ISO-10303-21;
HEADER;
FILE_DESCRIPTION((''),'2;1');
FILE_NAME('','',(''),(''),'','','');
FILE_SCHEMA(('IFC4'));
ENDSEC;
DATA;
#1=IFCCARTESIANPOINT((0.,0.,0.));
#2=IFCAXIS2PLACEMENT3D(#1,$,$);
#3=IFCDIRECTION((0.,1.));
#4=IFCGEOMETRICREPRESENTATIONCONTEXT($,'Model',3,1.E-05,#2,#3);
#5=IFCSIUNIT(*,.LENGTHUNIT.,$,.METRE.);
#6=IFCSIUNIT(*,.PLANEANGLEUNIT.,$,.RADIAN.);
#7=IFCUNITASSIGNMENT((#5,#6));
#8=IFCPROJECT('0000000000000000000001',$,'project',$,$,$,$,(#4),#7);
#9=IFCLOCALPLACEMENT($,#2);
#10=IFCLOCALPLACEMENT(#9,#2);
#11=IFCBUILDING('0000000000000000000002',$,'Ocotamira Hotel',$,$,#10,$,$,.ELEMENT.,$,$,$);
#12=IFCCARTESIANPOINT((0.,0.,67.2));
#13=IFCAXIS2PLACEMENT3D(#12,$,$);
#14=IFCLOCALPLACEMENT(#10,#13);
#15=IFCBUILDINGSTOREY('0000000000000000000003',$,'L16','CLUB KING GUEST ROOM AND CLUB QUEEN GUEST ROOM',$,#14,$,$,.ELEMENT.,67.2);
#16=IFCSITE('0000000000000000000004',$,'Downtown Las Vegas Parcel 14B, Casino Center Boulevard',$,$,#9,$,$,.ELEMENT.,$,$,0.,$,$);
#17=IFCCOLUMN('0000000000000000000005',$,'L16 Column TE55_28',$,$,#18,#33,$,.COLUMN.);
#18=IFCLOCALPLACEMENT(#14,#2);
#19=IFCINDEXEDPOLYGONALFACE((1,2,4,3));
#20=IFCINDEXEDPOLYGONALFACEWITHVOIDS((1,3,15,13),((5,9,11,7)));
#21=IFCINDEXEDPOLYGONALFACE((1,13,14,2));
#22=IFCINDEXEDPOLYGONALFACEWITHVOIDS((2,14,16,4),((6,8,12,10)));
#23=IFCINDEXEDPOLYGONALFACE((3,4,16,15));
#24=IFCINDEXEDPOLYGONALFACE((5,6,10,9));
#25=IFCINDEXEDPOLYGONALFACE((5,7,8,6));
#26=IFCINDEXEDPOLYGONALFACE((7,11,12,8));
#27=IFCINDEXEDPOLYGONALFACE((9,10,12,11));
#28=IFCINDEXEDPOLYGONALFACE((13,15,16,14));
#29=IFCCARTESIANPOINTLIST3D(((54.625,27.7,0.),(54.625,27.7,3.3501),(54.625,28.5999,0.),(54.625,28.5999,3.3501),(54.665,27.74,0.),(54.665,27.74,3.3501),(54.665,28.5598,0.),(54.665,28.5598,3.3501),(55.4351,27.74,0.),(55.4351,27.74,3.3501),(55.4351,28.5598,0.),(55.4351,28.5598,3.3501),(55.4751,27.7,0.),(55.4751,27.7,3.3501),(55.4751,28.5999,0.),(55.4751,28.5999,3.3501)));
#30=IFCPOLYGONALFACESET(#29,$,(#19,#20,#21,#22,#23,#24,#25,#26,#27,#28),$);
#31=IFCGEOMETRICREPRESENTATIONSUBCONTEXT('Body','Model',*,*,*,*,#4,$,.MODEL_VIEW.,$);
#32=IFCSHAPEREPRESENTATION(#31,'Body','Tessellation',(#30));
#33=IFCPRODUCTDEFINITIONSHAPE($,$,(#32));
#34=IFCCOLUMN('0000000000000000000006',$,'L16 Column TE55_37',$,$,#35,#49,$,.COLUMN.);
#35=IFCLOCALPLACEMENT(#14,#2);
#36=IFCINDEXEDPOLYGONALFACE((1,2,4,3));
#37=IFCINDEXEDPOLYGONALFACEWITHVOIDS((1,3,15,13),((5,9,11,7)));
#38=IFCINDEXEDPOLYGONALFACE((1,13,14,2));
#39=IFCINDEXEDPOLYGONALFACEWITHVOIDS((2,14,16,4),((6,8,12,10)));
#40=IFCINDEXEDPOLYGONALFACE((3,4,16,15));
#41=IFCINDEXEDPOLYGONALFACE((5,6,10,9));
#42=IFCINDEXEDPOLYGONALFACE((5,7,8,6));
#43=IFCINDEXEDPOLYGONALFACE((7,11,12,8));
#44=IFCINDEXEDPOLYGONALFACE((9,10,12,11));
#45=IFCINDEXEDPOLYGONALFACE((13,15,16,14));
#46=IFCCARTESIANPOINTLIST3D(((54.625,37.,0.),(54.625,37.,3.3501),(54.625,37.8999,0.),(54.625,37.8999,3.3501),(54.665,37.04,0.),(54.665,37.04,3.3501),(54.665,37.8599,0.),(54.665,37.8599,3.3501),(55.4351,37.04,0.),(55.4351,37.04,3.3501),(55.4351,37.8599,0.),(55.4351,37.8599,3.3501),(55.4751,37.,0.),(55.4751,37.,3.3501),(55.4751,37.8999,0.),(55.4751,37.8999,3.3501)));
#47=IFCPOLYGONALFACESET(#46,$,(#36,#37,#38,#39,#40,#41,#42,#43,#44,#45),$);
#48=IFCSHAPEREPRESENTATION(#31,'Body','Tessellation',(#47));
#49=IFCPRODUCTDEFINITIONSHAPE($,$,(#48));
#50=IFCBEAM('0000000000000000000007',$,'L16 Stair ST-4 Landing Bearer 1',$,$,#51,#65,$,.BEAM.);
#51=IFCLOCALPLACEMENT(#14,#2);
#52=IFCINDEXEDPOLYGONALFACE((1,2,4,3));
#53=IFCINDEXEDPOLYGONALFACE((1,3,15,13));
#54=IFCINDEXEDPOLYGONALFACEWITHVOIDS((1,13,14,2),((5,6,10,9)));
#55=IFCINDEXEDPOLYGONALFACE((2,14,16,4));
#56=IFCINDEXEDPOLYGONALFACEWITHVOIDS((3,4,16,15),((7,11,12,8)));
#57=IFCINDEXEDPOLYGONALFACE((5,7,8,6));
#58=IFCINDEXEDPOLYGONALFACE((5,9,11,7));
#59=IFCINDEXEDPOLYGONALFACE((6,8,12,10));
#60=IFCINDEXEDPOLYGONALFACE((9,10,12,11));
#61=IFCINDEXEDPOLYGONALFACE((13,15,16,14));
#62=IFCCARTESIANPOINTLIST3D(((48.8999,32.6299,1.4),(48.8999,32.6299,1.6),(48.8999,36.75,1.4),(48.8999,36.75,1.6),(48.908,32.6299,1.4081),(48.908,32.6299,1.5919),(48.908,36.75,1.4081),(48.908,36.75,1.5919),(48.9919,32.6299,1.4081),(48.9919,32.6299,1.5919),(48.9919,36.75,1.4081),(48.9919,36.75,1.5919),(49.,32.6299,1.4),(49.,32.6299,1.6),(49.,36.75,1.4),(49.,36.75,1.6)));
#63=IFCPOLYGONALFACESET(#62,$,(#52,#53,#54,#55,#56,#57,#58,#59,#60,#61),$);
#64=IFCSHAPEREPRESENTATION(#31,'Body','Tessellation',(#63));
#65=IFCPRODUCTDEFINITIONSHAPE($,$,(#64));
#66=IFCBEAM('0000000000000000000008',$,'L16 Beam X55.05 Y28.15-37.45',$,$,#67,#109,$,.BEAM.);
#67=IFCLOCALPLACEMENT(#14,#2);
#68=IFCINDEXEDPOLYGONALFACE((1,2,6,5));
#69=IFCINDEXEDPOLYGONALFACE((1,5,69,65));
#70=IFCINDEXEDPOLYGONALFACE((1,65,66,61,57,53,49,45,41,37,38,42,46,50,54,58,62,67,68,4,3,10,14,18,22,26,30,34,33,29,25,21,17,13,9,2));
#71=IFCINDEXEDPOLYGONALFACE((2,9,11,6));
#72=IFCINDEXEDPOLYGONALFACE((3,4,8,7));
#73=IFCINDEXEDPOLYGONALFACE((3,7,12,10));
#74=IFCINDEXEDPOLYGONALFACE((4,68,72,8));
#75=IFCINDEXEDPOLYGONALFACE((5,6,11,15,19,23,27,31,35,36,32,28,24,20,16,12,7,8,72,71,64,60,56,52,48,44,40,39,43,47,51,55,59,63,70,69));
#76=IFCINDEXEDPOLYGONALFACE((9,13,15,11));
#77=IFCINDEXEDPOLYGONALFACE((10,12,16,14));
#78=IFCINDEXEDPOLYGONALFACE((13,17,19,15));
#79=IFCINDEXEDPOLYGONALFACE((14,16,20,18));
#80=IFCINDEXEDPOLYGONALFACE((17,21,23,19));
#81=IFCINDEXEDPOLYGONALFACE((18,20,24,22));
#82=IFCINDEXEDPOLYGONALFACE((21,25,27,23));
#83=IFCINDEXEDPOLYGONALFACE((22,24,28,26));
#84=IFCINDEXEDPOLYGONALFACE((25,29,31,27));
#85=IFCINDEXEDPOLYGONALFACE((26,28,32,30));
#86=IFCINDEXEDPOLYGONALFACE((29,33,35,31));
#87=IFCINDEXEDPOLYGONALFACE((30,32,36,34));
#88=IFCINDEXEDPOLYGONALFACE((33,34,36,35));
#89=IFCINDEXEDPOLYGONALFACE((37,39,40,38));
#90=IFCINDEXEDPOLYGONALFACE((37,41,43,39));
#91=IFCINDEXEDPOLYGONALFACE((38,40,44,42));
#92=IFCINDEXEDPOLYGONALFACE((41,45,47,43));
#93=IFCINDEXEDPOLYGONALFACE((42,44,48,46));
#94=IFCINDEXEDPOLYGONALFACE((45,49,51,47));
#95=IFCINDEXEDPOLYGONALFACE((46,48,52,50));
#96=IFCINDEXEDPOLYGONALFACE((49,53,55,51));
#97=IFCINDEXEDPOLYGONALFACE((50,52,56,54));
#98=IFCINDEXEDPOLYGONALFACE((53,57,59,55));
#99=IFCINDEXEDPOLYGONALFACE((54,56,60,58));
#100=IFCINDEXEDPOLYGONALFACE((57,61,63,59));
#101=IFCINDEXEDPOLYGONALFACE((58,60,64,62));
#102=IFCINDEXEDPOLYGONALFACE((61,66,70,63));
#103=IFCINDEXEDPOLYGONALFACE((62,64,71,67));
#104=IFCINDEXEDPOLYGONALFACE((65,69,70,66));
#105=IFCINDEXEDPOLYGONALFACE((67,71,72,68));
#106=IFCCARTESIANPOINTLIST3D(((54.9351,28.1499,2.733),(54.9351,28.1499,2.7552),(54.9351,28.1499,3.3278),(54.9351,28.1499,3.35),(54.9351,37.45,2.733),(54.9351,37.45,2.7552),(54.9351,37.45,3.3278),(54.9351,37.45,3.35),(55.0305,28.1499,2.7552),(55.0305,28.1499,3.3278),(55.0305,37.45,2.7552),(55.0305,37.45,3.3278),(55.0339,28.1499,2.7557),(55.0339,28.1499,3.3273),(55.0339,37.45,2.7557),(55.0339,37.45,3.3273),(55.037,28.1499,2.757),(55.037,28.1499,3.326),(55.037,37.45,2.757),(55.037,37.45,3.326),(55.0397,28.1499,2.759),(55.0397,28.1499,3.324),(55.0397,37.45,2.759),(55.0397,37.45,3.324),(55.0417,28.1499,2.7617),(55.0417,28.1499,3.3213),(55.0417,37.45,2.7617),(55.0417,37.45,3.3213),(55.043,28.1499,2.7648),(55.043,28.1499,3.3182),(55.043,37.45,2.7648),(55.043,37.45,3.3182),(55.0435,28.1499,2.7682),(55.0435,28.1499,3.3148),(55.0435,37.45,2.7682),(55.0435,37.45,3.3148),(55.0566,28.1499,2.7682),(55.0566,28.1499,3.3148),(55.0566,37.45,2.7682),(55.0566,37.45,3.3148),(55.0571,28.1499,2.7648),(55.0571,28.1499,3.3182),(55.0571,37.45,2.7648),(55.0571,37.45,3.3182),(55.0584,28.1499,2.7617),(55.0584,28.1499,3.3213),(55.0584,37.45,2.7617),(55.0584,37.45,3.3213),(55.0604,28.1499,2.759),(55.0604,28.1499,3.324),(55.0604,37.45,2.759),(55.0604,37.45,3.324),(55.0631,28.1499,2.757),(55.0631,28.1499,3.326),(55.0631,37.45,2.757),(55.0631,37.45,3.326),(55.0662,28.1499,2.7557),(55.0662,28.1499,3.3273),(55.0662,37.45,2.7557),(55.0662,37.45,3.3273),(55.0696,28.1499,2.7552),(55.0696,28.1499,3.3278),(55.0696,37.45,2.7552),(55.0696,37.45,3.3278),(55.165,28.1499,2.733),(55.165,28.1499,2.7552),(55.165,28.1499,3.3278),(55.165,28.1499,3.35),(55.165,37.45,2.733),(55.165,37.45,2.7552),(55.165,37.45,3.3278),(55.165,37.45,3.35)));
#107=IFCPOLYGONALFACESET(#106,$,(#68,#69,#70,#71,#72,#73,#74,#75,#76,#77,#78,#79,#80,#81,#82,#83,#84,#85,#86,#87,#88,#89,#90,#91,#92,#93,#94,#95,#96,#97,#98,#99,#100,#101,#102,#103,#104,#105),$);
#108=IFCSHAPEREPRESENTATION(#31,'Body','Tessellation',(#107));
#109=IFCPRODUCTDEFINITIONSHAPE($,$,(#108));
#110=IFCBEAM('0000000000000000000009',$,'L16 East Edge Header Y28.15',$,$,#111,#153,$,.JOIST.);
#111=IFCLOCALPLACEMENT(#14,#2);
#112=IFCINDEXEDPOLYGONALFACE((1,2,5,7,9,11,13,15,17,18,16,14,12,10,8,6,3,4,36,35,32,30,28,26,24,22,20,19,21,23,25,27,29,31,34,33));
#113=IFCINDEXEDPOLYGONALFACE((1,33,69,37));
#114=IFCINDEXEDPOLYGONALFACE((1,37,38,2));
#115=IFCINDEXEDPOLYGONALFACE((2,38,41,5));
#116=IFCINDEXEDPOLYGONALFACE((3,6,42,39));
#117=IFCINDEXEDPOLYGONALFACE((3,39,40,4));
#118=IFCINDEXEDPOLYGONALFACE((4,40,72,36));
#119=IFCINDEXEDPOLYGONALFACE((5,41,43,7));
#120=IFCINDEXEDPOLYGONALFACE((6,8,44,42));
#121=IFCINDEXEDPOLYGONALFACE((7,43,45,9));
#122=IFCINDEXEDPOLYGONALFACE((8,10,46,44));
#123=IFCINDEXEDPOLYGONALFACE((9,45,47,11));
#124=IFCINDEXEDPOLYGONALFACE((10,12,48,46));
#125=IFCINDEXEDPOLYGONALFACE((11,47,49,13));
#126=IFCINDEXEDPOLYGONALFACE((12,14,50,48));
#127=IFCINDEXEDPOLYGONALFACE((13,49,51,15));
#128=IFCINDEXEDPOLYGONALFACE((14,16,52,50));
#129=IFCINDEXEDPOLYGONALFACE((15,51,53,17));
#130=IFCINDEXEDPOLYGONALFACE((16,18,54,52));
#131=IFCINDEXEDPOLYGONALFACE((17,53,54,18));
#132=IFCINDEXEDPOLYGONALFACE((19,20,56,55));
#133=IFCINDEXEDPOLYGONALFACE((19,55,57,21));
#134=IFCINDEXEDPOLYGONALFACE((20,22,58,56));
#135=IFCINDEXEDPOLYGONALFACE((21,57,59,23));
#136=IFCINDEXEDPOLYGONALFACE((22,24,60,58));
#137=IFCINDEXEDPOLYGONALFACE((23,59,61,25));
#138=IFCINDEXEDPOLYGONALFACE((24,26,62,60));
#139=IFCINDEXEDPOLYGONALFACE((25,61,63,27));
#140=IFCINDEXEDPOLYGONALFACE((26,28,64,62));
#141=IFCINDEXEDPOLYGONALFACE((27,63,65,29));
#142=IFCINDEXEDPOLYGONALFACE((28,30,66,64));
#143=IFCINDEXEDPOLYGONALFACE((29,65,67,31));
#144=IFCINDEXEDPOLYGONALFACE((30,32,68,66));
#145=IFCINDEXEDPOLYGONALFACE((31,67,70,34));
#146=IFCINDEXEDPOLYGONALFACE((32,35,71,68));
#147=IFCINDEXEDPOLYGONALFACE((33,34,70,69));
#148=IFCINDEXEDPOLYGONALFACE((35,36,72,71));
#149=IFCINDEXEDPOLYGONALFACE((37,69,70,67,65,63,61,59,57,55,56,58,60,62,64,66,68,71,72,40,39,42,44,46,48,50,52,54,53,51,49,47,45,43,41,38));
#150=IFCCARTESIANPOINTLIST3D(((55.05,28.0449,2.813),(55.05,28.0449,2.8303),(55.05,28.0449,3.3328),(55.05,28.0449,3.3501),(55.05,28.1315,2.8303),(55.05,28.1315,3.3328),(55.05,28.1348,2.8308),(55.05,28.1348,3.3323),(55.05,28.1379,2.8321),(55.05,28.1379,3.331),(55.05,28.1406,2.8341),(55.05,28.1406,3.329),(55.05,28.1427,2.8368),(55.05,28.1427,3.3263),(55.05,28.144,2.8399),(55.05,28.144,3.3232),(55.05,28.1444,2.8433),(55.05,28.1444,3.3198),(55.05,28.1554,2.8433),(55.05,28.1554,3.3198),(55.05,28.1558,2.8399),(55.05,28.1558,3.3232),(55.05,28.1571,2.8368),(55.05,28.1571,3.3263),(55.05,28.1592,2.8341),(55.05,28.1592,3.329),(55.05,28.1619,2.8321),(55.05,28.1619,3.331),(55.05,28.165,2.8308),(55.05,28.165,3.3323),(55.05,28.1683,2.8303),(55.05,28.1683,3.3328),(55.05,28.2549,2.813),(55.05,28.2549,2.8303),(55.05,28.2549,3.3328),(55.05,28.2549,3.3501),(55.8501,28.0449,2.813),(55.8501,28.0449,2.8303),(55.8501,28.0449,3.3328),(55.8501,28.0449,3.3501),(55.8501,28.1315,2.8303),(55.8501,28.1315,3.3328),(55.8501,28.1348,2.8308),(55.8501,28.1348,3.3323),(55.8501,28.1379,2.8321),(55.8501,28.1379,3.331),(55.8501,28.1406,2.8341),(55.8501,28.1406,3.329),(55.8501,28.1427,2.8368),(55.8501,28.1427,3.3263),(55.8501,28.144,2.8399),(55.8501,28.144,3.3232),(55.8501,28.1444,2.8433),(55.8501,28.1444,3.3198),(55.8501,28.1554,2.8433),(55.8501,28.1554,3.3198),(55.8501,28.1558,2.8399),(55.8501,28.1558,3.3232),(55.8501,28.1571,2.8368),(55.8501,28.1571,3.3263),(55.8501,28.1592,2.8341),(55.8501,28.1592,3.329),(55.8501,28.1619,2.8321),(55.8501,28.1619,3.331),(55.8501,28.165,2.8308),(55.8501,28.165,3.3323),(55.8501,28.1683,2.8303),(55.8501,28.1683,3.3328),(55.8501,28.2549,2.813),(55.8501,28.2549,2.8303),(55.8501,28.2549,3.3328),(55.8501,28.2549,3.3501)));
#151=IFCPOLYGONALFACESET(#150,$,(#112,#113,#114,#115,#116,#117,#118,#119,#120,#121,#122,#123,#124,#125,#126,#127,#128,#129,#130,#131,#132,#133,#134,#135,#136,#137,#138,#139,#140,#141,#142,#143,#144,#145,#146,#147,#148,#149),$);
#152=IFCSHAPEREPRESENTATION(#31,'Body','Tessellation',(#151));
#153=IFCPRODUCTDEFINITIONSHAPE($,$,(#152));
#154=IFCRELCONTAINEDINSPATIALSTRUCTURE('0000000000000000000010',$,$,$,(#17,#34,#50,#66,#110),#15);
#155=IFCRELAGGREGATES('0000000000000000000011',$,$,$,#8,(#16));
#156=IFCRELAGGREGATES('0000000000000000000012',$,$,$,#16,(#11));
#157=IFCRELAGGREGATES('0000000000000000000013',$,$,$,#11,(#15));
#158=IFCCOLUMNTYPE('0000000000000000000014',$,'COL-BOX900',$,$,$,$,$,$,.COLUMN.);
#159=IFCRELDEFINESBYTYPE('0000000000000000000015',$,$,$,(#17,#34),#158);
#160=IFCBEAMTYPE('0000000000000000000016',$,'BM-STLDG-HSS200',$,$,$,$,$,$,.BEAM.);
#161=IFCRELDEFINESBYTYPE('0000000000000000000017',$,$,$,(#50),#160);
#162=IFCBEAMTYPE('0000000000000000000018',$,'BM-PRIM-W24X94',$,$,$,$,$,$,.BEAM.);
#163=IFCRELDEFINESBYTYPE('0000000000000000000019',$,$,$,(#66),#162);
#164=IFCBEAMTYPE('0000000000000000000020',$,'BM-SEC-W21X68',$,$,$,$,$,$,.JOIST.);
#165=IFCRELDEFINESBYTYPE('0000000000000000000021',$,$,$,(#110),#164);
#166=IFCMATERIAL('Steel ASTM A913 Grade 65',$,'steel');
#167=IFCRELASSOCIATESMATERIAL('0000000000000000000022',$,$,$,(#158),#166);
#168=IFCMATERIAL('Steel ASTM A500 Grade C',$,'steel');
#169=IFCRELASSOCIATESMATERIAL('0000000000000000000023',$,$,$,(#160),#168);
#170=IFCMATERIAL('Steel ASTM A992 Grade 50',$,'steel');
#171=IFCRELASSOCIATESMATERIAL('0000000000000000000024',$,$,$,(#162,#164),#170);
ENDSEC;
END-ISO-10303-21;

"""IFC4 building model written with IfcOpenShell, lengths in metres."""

from ifc_helpers import new_model, si_unit, direction, frame, origin, origin_2d, place, context, subcontext, project, spatial, hollow_rectangle, i_section, extrude, source, transform, mapped, material, material_profile, profile_set, type_object, element, save


model = new_model("IFC4")

# Units and contexts
model_context = context("Model", 3, precision=1e-05, world=origin(), true_north=direction((0.0, 1.0)))
body_context = subcontext(model_context, "Body", "Model", "MODEL_VIEW")
ifc_project = project(units=[si_unit("LENGTHUNIT", "METRE"), si_unit("PLANEANGLEUNIT", "RADIAN")], contexts=[model_context])

# Site, building, storey
site_placement = place(None, origin())
site = spatial("IfcSite", under=ifc_project, at=site_placement, Name="Downtown Las Vegas Parcel 14B, Casino Center Boulevard", CompositionType="ELEMENT", RefElevation=0.0)
building_placement = place(site_placement, origin())
building = spatial("IfcBuilding", under=site, at=building_placement, Name="Ocotamira Hotel", CompositionType="ELEMENT")
storey_placement = place(building_placement, frame((0.0, 0.0, 67.2)))
storey = spatial("IfcBuildingStorey", under=building, at=storey_placement, Name="L16", Description="CLUB KING GUEST ROOM AND CLUB QUEEN GUEST ROOM", CompositionType="ELEMENT", Elevation=67.2)

# Columns
ifc_material_1 = material(Name="Steel ASTM A913 Grade 65", Category="steel")
ifc_material_profile_1 = material_profile(ifc_material_1, hollow_rectangle(XDim=0.8501, YDim=0.8999, WallThickness=0.04, at=origin_2d()), Name="BOX900X850X40")
ifc_profile_set_1 = profile_set([ifc_material_profile_1], Name="Steel ASTM A913 Grade 65")
column_type = type_object("IfcColumnType", Name="COL-BOX900", PredefinedType="COLUMN", material=ifc_profile_set_1)
shared_shape_1 = source(origin(), body_context, "Body", "SweptSolid", [
    extrude(hollow_rectangle(XDim=0.8501, YDim=0.8999, WallThickness=0.04, at=origin_2d()), origin(), (0.0, 0.0, 1.0), 3.3501),
])
for number, where, z_axis, x_axis, name in (
    (1, (55.05, 28.1499, 0.0), (0.0, 0.0, 1.0), (1.0, 0.0, 0.0), "L16 Column TE55_28"),
    (2, (55.05, 37.45, 0.0), (0.0, 0.0, 1.0), (1.0, 0.0, 0.0), "L16 Column TE55_37"),
):
    element("IfcColumn", number, at=place(storey_placement, frame(where, z_axis=z_axis, x_axis=x_axis)), inside=storey, type_object=column_type, Name=name, PredefinedType="COLUMN", context=body_context, shape_type="MappedRepresentation", body=[
        mapped(shared_shape_1, transform((0.0, 0.0, 0.0), scale=1.0)),
    ])

# Beams
ifc_material_2 = material(Name="Steel ASTM A500 Grade C", Category="steel")
ifc_material_profile_2 = material_profile(ifc_material_2, hollow_rectangle(XDim=0.1001, YDim=0.2, WallThickness=0.0081, at=origin_2d()), Name="HSS200X100X8")
ifc_profile_set_2 = profile_set([ifc_material_profile_2], Name="Steel ASTM A500 Grade C")
beam_type_1 = type_object("IfcBeamType", Name="BM-STLDG-HSS200", PredefinedType="BEAM", material=ifc_profile_set_2)
shared_shape_2 = source(origin(), body_context, "Body", "SweptSolid", [
    extrude(hollow_rectangle(XDim=0.1001, YDim=0.2, WallThickness=0.0081, at=origin_2d()), origin(), (0.0, 0.0, 1.0), 4.1201),
])
beam_1_placement = place(storey_placement, frame((48.95, 32.6299, 1.5), z_axis=(0.0, 1.0, 0.0), x_axis=(-1.0, 0.0, 0.0)))
element("IfcBeam", 3, at=beam_1_placement, inside=storey, type_object=beam_type_1, Name="L16 Stair ST-4 Landing Bearer 1", PredefinedType="BEAM", context=body_context, shape_type="MappedRepresentation", body=[
    mapped(shared_shape_2, transform((0.0, 0.0, 0.0), scale=1.0)),
])
ifc_material_3 = material(Name="Steel ASTM A992 Grade 50", Category="steel")
ifc_material_profile_3 = material_profile(ifc_material_3, i_section(OverallWidth=0.23, OverallDepth=0.6169, WebThickness=0.0132, FlangeThickness=0.0222, FilletRadius=0.0129, at=origin_2d()), Name="W24X94")
ifc_profile_set_3 = profile_set([ifc_material_profile_3], Name="Steel ASTM A992 Grade 50")
beam_type_2 = type_object("IfcBeamType", Name="BM-PRIM-W24X94", PredefinedType="BEAM", material=ifc_profile_set_3)
shared_shape_3 = source(origin(), body_context, "Body", "SweptSolid", [
    extrude(i_section(OverallWidth=0.23, OverallDepth=0.6169, WebThickness=0.0132, FlangeThickness=0.0222, FilletRadius=0.0129, at=origin_2d()), origin(), (0.0, 0.0, 1.0), 9.3),
])
beam_2_placement = place(storey_placement, frame((55.05, 28.1499, 3.0415), z_axis=(0.0, 1.0, 0.0), x_axis=(-1.0, 0.0, 0.0)))
element("IfcBeam", 4, at=beam_2_placement, inside=storey, type_object=beam_type_2, Name="L16 Beam X55.05 Y28.15-37.45", PredefinedType="BEAM", context=body_context, shape_type="MappedRepresentation", body=[
    mapped(shared_shape_3, transform((0.0, 0.0, 0.0), scale=1.0)),
])
ifc_material_profile_4 = material_profile(ifc_material_3, i_section(OverallWidth=0.21, OverallDepth=0.5371, WebThickness=0.011, FlangeThickness=0.0173, FilletRadius=0.0129, at=origin_2d()), Name="W21X68")
ifc_profile_set_4 = profile_set([ifc_material_profile_4], Name="Steel ASTM A992 Grade 50")
beam_type_3 = type_object("IfcBeamType", Name="BM-SEC-W21X68", PredefinedType="JOIST", material=ifc_profile_set_4)
shared_shape_4 = source(origin(), body_context, "Body", "SweptSolid", [
    extrude(i_section(OverallWidth=0.21, OverallDepth=0.5371, WebThickness=0.011, FlangeThickness=0.0173, FilletRadius=0.0129, at=origin_2d()), origin(), (0.0, 0.0, 1.0), 0.8),
])
for number, where, z_axis, x_axis, name in (
    (5, (55.05, 28.1499, 3.0815), (1.0, 0.0, 0.0), (0.0, 1.0, 0.0), "L16 East Edge Header Y28.15"),
):
    element("IfcBeam", number, at=place(storey_placement, frame(where, z_axis=z_axis, x_axis=x_axis)), inside=storey, type_object=beam_type_3, Name=name, PredefinedType="JOIST", context=body_context, shape_type="MappedRepresentation", body=[
        mapped(shared_shape_4, transform((0.0, 0.0, 0.0), scale=1.0)),
    ])

save(model, "model.ifc")
